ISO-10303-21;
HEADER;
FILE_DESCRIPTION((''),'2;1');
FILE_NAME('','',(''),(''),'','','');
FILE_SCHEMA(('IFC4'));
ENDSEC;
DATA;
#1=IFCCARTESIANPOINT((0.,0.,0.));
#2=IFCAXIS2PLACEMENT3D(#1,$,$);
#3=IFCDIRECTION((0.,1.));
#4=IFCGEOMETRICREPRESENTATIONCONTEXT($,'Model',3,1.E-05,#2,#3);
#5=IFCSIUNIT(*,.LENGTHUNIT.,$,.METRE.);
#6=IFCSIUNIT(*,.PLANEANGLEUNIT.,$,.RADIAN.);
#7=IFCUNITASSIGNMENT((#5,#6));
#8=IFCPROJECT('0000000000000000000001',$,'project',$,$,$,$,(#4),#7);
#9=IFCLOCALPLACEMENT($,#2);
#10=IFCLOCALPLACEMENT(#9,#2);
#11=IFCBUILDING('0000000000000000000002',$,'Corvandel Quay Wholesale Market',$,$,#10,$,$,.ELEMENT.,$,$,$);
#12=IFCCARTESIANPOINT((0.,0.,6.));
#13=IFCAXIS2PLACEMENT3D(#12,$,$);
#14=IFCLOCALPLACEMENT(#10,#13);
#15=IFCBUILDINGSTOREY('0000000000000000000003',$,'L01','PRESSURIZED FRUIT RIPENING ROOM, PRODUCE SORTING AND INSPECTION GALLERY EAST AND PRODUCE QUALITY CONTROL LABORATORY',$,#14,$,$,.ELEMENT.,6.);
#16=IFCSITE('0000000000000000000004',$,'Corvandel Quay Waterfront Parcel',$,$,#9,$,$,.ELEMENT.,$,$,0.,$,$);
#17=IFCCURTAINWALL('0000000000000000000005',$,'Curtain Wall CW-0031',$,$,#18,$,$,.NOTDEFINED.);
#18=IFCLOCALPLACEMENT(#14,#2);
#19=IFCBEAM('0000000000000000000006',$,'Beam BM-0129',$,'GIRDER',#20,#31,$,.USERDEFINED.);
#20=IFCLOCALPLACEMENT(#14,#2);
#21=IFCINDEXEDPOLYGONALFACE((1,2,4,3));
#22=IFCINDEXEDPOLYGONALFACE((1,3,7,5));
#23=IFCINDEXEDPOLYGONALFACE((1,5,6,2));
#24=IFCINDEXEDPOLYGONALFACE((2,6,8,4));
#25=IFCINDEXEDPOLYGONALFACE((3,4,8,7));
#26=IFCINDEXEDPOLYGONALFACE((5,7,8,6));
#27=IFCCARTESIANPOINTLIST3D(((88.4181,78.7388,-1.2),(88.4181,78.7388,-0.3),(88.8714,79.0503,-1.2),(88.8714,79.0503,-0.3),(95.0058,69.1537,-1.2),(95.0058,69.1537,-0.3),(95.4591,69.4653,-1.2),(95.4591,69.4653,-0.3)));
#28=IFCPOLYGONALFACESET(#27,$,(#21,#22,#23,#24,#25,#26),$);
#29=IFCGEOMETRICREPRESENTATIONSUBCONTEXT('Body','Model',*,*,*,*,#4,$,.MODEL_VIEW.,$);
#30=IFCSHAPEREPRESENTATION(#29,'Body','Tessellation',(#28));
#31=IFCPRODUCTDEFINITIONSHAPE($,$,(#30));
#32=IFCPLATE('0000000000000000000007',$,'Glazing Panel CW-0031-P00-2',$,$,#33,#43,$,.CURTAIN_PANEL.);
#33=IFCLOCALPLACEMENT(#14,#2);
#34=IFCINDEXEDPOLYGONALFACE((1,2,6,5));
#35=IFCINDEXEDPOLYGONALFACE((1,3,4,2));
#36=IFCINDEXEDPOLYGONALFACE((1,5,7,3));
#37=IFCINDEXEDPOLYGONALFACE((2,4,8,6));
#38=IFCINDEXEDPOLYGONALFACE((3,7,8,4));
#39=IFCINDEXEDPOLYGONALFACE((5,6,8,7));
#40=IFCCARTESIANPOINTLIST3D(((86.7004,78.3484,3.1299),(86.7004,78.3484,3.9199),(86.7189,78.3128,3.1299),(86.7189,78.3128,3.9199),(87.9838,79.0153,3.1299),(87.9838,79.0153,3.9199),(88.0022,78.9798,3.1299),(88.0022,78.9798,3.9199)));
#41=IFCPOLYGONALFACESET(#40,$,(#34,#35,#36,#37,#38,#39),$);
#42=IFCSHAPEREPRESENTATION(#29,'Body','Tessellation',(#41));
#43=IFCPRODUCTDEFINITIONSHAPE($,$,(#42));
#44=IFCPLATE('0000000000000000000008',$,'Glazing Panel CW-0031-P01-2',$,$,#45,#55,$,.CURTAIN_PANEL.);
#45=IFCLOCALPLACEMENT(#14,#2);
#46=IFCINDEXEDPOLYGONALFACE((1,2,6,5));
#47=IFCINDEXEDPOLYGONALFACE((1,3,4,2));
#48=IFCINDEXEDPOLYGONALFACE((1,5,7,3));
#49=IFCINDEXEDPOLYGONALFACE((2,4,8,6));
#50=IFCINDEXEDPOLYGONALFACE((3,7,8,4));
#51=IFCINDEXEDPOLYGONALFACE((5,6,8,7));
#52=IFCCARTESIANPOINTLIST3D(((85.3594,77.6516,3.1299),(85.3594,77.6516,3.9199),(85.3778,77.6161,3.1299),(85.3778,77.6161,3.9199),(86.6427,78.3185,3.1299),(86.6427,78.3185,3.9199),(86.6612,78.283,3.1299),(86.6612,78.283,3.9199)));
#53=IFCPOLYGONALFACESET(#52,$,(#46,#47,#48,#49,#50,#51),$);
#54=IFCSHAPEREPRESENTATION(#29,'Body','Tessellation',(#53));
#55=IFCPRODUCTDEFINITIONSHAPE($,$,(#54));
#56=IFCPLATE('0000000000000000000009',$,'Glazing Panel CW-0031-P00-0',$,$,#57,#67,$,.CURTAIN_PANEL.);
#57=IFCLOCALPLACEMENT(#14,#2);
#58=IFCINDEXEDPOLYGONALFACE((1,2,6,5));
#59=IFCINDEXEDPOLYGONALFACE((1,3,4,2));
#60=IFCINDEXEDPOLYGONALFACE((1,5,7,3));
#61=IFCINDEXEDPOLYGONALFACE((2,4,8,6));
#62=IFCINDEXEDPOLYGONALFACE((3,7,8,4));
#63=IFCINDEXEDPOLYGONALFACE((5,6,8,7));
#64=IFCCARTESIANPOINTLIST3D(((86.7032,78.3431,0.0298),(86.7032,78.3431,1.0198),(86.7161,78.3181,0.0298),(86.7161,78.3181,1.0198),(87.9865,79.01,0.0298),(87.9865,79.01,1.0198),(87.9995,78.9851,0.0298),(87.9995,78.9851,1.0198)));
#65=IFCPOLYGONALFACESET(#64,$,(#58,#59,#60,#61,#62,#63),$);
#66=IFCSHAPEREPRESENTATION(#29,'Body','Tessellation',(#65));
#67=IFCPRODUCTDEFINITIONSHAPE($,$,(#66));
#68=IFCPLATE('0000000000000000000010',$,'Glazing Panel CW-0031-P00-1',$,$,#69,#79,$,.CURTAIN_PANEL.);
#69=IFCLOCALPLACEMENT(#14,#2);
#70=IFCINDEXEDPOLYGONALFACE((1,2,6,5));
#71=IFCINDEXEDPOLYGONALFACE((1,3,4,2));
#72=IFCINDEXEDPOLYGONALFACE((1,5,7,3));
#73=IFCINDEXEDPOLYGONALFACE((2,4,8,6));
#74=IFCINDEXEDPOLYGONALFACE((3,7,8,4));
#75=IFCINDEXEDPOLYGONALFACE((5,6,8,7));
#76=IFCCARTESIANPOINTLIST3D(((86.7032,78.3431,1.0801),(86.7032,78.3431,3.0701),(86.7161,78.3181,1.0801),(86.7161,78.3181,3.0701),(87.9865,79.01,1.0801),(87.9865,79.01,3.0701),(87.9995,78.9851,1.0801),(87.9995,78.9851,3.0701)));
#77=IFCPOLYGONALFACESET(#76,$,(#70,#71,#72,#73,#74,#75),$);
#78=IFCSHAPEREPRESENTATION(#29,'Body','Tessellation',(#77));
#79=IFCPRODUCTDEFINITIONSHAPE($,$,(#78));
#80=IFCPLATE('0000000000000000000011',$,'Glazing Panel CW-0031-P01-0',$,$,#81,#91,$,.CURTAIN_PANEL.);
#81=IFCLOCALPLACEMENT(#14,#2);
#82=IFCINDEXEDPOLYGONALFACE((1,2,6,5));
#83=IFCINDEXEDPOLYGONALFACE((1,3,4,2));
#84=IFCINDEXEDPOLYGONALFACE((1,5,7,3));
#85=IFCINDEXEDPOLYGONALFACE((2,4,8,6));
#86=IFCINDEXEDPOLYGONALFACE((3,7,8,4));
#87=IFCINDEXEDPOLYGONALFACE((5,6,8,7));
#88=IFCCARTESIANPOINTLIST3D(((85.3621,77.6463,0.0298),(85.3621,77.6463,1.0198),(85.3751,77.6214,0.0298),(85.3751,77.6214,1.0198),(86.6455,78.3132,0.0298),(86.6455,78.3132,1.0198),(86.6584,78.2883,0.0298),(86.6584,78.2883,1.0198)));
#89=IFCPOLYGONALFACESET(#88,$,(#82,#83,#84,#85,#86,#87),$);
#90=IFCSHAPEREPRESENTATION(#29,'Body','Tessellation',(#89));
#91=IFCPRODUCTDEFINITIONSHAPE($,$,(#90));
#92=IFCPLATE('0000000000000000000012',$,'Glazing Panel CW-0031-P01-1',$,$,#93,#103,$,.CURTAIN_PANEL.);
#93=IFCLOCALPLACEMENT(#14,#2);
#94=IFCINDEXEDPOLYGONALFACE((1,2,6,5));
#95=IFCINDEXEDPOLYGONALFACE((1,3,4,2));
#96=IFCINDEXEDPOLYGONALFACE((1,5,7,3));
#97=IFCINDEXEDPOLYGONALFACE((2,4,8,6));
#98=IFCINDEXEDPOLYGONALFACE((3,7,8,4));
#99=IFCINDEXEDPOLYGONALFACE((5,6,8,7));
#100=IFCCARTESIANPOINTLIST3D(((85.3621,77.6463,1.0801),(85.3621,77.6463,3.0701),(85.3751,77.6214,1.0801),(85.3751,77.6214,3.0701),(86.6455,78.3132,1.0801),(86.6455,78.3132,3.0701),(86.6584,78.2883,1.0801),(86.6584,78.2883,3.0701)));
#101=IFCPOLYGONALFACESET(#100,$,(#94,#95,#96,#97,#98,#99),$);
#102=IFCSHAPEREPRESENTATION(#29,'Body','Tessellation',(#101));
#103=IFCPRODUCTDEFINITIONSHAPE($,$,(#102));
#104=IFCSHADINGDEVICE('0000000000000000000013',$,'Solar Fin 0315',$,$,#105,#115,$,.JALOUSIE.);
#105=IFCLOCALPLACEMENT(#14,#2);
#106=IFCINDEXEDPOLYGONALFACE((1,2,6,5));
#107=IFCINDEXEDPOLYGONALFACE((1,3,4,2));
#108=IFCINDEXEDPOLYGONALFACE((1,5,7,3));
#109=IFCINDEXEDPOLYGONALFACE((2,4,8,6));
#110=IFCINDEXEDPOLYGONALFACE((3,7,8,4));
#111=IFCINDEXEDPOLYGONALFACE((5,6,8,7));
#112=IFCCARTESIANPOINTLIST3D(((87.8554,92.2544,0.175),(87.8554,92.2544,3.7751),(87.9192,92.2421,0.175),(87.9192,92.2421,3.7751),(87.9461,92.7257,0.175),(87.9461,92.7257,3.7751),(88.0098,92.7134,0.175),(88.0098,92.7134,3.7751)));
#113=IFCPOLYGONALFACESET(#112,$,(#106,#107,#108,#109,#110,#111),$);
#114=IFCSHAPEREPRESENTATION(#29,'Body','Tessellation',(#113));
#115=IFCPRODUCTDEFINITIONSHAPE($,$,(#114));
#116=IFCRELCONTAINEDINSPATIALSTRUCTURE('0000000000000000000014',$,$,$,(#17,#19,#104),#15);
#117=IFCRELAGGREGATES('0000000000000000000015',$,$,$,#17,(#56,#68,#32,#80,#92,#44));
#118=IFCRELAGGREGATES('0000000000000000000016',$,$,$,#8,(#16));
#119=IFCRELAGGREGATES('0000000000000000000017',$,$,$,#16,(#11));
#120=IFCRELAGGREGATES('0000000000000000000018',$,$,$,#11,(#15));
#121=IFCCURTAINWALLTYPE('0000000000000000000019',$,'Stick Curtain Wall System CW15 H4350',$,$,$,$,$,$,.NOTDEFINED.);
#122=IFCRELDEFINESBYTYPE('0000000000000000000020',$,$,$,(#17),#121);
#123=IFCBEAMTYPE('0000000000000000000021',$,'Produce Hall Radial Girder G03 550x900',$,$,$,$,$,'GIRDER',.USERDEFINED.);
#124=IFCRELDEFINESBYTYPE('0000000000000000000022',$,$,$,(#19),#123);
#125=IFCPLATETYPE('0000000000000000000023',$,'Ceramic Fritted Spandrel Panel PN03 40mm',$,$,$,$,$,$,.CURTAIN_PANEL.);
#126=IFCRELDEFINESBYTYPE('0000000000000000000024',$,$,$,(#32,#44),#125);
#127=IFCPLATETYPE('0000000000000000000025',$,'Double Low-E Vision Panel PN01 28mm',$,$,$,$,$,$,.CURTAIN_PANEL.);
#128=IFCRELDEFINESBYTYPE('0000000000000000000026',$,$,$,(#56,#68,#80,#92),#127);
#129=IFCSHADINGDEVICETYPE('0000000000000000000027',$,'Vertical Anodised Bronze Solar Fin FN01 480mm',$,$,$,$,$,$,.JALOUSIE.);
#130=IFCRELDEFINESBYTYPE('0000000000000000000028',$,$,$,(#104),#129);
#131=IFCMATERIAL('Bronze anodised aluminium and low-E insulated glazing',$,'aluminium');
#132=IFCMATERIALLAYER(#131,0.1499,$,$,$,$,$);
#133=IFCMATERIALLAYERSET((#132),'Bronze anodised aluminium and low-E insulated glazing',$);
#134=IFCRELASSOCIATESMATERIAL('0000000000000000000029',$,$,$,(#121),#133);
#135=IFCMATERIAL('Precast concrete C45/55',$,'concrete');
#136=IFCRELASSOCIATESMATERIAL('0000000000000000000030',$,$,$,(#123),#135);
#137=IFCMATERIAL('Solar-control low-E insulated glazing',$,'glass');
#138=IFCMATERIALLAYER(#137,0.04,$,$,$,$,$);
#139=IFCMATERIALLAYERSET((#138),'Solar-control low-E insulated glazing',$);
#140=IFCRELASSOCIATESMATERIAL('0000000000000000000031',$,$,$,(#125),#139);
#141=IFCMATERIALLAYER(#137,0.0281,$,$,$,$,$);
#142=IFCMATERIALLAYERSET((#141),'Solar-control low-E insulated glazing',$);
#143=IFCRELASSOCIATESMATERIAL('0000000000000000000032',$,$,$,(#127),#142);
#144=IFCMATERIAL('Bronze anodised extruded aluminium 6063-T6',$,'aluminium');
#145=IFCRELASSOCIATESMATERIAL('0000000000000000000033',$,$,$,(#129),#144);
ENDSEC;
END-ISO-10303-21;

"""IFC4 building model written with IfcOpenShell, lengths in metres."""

from ifc_helpers import new_model, si_unit, direction, frame, origin, origin_2d, place, context, subcontext, project, spatial, rectangle, extrude, material, layer, layer_set, material_profile, profile_set, type_object, element, aggregate, save


model = new_model("IFC4")

# Units and contexts
model_context = context("Model", 3, precision=1e-05, world=origin(), true_north=direction((0.0, 1.0)))
body_context = subcontext(model_context, "Body", "Model", "MODEL_VIEW")
ifc_project = project(units=[si_unit("LENGTHUNIT", "METRE"), si_unit("PLANEANGLEUNIT", "RADIAN")], contexts=[model_context])

# Site, building, storey
site_placement = place(None, origin())
site = spatial("IfcSite", under=ifc_project, at=site_placement, Name="Corvandel Quay Waterfront Parcel", CompositionType="ELEMENT", RefElevation=0.0)
building_placement = place(site_placement, origin())
building = spatial("IfcBuilding", under=site, at=building_placement, Name="Corvandel Quay Wholesale Market", CompositionType="ELEMENT")
storey_placement = place(building_placement, frame((0.0, 0.0, 6.0)))
storey = spatial("IfcBuildingStorey", under=building, at=storey_placement, Name="L01", Description="PRESSURIZED FRUIT RIPENING ROOM, PRODUCE SORTING AND INSPECTION GALLERY EAST AND PRODUCE QUALITY CONTROL LABORATORY", CompositionType="ELEMENT", Elevation=6.0)

# Shared definitions
ifc_material_1 = material(Name="Precast concrete C45/55", Category="concrete")

# Curtain wall
ifc_material_2 = material(Name="Bronze anodised aluminium and low-E insulated glazing", Category="aluminium")
ifc_layer_1 = layer(ifc_material_2, 0.1499)
ifc_layer_set_1 = layer_set([ifc_layer_1], Name="Bronze anodised aluminium and low-E insulated glazing")
curtain_wall_type = type_object("IfcCurtainWallType", Name="Stick Curtain Wall System CW15 H4350", PredefinedType="NOTDEFINED", material=ifc_layer_set_1)
curtain_wall_placement = place(storey_placement, origin())
curtain_wall = element("IfcCurtainWall", 1, at=curtain_wall_placement, inside=storey, type_object=curtain_wall_type, Name="Curtain Wall CW-0031", PredefinedType="NOTDEFINED")

# Beam
ifc_material_profile_1 = material_profile(ifc_material_1, rectangle(XDim=0.55, YDim=0.8999, at=origin_2d()), Name="PC-GIR-550x900")
ifc_profile_set_1 = profile_set([ifc_material_profile_1], Name="Precast concrete C45/55")
beam_type_1 = type_object("IfcBeamType", Name="Produce Hall Radial Girder G03 550x900", ElementType="GIRDER", PredefinedType="USERDEFINED", material=ifc_profile_set_1)
beam_1_placement = place(storey_placement, frame((88.6448, 78.8945, -0.75), z_axis=(0.566411, -0.824123, 0.0), x_axis=(0.824123, 0.566411, 0.0)))
element("IfcBeam", 2, at=beam_1_placement, inside=storey, type_object=beam_type_1, Name="Beam BM-0129", ObjectType="GIRDER", PredefinedType="USERDEFINED", context=body_context, shape_type="SweptSolid", body=[
    extrude(rectangle(XDim=0.55, YDim=0.8999, at=origin_2d()), origin(), (0.0, 0.0, 1.0), 11.6306),
])

# Plates
ifc_material_3 = material(Name="Solar-control low-E insulated glazing", Category="glass")
ifc_layer_2 = layer(ifc_material_3, 0.04)
ifc_layer_set_2 = layer_set([ifc_layer_2], Name="Solar-control low-E insulated glazing")
plate_type_1 = type_object("IfcPlateType", Name="Ceramic Fritted Spandrel Panel PN03 40mm", PredefinedType="CURTAIN_PANEL", material=ifc_layer_set_2)
plate_1_placement = place(storey_placement, frame((87.3513, 78.6641, 3.1299), z_axis=(0.0, 0.0, 1.0), x_axis=(0.887333, 0.461129, 0.0)))
plate_1 = element("IfcPlate", 3, at=plate_1_placement, type_object=plate_type_1, Name="Glazing Panel CW-0031-P00-2", PredefinedType="CURTAIN_PANEL", context=body_context, shape_type="SweptSolid", body=[
    extrude(rectangle(XDim=1.4463, YDim=0.04, at=origin_2d()), origin(), (0.0, 0.0, 1.0), 0.79),
])
plate_2_placement = place(storey_placement, frame((86.0103, 77.9673, 3.1299), z_axis=(0.0, 0.0, 1.0), x_axis=(0.887333, 0.461129, 0.0)))
plate_2 = element("IfcPlate", 4, at=plate_2_placement, type_object=plate_type_1, Name="Glazing Panel CW-0031-P01-2", PredefinedType="CURTAIN_PANEL", context=body_context, shape_type="SweptSolid", body=[
    extrude(rectangle(XDim=1.4463, YDim=0.04, at=origin_2d()), origin(), (0.0, 0.0, 1.0), 0.79),
])
ifc_layer_3 = layer(ifc_material_3, 0.0281)
ifc_layer_set_3 = layer_set([ifc_layer_3], Name="Solar-control low-E insulated glazing")
plate_type_2 = type_object("IfcPlateType", Name="Double Low-E Vision Panel PN01 28mm", PredefinedType="CURTAIN_PANEL", material=ifc_layer_set_3)
plate_3_placement = place(storey_placement, frame((87.3513, 78.6641, 0.0298), z_axis=(0.0, 0.0, 1.0), x_axis=(0.887333, 0.461129, 0.0)))
plate_3 = element("IfcPlate", 5, at=plate_3_placement, type_object=plate_type_2, Name="Glazing Panel CW-0031-P00-0", PredefinedType="CURTAIN_PANEL", context=body_context, shape_type="SweptSolid", body=[
    extrude(rectangle(XDim=1.4463, YDim=0.0281, at=origin_2d()), origin(), (0.0, 0.0, 1.0), 0.99),
])
plate_4_placement = place(storey_placement, frame((87.3513, 78.6641, 1.0801), z_axis=(0.0, 0.0, 1.0), x_axis=(0.887333, 0.461129, 0.0)))
plate_4 = element("IfcPlate", 6, at=plate_4_placement, type_object=plate_type_2, Name="Glazing Panel CW-0031-P00-1", PredefinedType="CURTAIN_PANEL", context=body_context, shape_type="SweptSolid", body=[
    extrude(rectangle(XDim=1.4463, YDim=0.0281, at=origin_2d()), origin(), (0.0, 0.0, 1.0), 1.99),
])
plate_5_placement = place(storey_placement, frame((86.0103, 77.9673, 0.0298), z_axis=(0.0, 0.0, 1.0), x_axis=(0.887333, 0.461129, 0.0)))
plate_5 = element("IfcPlate", 7, at=plate_5_placement, type_object=plate_type_2, Name="Glazing Panel CW-0031-P01-0", PredefinedType="CURTAIN_PANEL", context=body_context, shape_type="SweptSolid", body=[
    extrude(rectangle(XDim=1.4463, YDim=0.0281, at=origin_2d()), origin(), (0.0, 0.0, 1.0), 0.99),
])
plate_6_placement = place(storey_placement, frame((86.0103, 77.9673, 1.0801), z_axis=(0.0, 0.0, 1.0), x_axis=(0.887333, 0.461129, 0.0)))
plate_6 = element("IfcPlate", 8, at=plate_6_placement, type_object=plate_type_2, Name="Glazing Panel CW-0031-P01-1", PredefinedType="CURTAIN_PANEL", context=body_context, shape_type="SweptSolid", body=[
    extrude(rectangle(XDim=1.4463, YDim=0.0281, at=origin_2d()), origin(), (0.0, 0.0, 1.0), 1.99),
])
aggregate(curtain_wall, [plate_3, plate_4, plate_1, plate_5, plate_6, plate_2])

# Shading device
ifc_material_4 = material(Name="Bronze anodised extruded aluminium 6063-T6", Category="aluminium")
shading_device_type = type_object("IfcShadingDeviceType", Name="Vertical Anodised Bronze Solar Fin FN01 480mm", PredefinedType="JALOUSIE", material=ifc_material_4)
shading_device_placement = place(storey_placement, frame((87.9326, 92.4839, 0.175), z_axis=(0.0, 0.0, 1.0), x_axis=(0.188924, 0.981992, 0.0)))
element("IfcShadingDevice", 9, at=shading_device_placement, inside=storey, type_object=shading_device_type, Name="Solar Fin 0315", PredefinedType="JALOUSIE", context=body_context, shape_type="SweptSolid", body=[
    extrude(rectangle(XDim=0.48, YDim=0.0649, at=origin_2d()), origin(), (0.0, 0.0, 1.0), 3.6001),
])

save(model, "model.ifc")
